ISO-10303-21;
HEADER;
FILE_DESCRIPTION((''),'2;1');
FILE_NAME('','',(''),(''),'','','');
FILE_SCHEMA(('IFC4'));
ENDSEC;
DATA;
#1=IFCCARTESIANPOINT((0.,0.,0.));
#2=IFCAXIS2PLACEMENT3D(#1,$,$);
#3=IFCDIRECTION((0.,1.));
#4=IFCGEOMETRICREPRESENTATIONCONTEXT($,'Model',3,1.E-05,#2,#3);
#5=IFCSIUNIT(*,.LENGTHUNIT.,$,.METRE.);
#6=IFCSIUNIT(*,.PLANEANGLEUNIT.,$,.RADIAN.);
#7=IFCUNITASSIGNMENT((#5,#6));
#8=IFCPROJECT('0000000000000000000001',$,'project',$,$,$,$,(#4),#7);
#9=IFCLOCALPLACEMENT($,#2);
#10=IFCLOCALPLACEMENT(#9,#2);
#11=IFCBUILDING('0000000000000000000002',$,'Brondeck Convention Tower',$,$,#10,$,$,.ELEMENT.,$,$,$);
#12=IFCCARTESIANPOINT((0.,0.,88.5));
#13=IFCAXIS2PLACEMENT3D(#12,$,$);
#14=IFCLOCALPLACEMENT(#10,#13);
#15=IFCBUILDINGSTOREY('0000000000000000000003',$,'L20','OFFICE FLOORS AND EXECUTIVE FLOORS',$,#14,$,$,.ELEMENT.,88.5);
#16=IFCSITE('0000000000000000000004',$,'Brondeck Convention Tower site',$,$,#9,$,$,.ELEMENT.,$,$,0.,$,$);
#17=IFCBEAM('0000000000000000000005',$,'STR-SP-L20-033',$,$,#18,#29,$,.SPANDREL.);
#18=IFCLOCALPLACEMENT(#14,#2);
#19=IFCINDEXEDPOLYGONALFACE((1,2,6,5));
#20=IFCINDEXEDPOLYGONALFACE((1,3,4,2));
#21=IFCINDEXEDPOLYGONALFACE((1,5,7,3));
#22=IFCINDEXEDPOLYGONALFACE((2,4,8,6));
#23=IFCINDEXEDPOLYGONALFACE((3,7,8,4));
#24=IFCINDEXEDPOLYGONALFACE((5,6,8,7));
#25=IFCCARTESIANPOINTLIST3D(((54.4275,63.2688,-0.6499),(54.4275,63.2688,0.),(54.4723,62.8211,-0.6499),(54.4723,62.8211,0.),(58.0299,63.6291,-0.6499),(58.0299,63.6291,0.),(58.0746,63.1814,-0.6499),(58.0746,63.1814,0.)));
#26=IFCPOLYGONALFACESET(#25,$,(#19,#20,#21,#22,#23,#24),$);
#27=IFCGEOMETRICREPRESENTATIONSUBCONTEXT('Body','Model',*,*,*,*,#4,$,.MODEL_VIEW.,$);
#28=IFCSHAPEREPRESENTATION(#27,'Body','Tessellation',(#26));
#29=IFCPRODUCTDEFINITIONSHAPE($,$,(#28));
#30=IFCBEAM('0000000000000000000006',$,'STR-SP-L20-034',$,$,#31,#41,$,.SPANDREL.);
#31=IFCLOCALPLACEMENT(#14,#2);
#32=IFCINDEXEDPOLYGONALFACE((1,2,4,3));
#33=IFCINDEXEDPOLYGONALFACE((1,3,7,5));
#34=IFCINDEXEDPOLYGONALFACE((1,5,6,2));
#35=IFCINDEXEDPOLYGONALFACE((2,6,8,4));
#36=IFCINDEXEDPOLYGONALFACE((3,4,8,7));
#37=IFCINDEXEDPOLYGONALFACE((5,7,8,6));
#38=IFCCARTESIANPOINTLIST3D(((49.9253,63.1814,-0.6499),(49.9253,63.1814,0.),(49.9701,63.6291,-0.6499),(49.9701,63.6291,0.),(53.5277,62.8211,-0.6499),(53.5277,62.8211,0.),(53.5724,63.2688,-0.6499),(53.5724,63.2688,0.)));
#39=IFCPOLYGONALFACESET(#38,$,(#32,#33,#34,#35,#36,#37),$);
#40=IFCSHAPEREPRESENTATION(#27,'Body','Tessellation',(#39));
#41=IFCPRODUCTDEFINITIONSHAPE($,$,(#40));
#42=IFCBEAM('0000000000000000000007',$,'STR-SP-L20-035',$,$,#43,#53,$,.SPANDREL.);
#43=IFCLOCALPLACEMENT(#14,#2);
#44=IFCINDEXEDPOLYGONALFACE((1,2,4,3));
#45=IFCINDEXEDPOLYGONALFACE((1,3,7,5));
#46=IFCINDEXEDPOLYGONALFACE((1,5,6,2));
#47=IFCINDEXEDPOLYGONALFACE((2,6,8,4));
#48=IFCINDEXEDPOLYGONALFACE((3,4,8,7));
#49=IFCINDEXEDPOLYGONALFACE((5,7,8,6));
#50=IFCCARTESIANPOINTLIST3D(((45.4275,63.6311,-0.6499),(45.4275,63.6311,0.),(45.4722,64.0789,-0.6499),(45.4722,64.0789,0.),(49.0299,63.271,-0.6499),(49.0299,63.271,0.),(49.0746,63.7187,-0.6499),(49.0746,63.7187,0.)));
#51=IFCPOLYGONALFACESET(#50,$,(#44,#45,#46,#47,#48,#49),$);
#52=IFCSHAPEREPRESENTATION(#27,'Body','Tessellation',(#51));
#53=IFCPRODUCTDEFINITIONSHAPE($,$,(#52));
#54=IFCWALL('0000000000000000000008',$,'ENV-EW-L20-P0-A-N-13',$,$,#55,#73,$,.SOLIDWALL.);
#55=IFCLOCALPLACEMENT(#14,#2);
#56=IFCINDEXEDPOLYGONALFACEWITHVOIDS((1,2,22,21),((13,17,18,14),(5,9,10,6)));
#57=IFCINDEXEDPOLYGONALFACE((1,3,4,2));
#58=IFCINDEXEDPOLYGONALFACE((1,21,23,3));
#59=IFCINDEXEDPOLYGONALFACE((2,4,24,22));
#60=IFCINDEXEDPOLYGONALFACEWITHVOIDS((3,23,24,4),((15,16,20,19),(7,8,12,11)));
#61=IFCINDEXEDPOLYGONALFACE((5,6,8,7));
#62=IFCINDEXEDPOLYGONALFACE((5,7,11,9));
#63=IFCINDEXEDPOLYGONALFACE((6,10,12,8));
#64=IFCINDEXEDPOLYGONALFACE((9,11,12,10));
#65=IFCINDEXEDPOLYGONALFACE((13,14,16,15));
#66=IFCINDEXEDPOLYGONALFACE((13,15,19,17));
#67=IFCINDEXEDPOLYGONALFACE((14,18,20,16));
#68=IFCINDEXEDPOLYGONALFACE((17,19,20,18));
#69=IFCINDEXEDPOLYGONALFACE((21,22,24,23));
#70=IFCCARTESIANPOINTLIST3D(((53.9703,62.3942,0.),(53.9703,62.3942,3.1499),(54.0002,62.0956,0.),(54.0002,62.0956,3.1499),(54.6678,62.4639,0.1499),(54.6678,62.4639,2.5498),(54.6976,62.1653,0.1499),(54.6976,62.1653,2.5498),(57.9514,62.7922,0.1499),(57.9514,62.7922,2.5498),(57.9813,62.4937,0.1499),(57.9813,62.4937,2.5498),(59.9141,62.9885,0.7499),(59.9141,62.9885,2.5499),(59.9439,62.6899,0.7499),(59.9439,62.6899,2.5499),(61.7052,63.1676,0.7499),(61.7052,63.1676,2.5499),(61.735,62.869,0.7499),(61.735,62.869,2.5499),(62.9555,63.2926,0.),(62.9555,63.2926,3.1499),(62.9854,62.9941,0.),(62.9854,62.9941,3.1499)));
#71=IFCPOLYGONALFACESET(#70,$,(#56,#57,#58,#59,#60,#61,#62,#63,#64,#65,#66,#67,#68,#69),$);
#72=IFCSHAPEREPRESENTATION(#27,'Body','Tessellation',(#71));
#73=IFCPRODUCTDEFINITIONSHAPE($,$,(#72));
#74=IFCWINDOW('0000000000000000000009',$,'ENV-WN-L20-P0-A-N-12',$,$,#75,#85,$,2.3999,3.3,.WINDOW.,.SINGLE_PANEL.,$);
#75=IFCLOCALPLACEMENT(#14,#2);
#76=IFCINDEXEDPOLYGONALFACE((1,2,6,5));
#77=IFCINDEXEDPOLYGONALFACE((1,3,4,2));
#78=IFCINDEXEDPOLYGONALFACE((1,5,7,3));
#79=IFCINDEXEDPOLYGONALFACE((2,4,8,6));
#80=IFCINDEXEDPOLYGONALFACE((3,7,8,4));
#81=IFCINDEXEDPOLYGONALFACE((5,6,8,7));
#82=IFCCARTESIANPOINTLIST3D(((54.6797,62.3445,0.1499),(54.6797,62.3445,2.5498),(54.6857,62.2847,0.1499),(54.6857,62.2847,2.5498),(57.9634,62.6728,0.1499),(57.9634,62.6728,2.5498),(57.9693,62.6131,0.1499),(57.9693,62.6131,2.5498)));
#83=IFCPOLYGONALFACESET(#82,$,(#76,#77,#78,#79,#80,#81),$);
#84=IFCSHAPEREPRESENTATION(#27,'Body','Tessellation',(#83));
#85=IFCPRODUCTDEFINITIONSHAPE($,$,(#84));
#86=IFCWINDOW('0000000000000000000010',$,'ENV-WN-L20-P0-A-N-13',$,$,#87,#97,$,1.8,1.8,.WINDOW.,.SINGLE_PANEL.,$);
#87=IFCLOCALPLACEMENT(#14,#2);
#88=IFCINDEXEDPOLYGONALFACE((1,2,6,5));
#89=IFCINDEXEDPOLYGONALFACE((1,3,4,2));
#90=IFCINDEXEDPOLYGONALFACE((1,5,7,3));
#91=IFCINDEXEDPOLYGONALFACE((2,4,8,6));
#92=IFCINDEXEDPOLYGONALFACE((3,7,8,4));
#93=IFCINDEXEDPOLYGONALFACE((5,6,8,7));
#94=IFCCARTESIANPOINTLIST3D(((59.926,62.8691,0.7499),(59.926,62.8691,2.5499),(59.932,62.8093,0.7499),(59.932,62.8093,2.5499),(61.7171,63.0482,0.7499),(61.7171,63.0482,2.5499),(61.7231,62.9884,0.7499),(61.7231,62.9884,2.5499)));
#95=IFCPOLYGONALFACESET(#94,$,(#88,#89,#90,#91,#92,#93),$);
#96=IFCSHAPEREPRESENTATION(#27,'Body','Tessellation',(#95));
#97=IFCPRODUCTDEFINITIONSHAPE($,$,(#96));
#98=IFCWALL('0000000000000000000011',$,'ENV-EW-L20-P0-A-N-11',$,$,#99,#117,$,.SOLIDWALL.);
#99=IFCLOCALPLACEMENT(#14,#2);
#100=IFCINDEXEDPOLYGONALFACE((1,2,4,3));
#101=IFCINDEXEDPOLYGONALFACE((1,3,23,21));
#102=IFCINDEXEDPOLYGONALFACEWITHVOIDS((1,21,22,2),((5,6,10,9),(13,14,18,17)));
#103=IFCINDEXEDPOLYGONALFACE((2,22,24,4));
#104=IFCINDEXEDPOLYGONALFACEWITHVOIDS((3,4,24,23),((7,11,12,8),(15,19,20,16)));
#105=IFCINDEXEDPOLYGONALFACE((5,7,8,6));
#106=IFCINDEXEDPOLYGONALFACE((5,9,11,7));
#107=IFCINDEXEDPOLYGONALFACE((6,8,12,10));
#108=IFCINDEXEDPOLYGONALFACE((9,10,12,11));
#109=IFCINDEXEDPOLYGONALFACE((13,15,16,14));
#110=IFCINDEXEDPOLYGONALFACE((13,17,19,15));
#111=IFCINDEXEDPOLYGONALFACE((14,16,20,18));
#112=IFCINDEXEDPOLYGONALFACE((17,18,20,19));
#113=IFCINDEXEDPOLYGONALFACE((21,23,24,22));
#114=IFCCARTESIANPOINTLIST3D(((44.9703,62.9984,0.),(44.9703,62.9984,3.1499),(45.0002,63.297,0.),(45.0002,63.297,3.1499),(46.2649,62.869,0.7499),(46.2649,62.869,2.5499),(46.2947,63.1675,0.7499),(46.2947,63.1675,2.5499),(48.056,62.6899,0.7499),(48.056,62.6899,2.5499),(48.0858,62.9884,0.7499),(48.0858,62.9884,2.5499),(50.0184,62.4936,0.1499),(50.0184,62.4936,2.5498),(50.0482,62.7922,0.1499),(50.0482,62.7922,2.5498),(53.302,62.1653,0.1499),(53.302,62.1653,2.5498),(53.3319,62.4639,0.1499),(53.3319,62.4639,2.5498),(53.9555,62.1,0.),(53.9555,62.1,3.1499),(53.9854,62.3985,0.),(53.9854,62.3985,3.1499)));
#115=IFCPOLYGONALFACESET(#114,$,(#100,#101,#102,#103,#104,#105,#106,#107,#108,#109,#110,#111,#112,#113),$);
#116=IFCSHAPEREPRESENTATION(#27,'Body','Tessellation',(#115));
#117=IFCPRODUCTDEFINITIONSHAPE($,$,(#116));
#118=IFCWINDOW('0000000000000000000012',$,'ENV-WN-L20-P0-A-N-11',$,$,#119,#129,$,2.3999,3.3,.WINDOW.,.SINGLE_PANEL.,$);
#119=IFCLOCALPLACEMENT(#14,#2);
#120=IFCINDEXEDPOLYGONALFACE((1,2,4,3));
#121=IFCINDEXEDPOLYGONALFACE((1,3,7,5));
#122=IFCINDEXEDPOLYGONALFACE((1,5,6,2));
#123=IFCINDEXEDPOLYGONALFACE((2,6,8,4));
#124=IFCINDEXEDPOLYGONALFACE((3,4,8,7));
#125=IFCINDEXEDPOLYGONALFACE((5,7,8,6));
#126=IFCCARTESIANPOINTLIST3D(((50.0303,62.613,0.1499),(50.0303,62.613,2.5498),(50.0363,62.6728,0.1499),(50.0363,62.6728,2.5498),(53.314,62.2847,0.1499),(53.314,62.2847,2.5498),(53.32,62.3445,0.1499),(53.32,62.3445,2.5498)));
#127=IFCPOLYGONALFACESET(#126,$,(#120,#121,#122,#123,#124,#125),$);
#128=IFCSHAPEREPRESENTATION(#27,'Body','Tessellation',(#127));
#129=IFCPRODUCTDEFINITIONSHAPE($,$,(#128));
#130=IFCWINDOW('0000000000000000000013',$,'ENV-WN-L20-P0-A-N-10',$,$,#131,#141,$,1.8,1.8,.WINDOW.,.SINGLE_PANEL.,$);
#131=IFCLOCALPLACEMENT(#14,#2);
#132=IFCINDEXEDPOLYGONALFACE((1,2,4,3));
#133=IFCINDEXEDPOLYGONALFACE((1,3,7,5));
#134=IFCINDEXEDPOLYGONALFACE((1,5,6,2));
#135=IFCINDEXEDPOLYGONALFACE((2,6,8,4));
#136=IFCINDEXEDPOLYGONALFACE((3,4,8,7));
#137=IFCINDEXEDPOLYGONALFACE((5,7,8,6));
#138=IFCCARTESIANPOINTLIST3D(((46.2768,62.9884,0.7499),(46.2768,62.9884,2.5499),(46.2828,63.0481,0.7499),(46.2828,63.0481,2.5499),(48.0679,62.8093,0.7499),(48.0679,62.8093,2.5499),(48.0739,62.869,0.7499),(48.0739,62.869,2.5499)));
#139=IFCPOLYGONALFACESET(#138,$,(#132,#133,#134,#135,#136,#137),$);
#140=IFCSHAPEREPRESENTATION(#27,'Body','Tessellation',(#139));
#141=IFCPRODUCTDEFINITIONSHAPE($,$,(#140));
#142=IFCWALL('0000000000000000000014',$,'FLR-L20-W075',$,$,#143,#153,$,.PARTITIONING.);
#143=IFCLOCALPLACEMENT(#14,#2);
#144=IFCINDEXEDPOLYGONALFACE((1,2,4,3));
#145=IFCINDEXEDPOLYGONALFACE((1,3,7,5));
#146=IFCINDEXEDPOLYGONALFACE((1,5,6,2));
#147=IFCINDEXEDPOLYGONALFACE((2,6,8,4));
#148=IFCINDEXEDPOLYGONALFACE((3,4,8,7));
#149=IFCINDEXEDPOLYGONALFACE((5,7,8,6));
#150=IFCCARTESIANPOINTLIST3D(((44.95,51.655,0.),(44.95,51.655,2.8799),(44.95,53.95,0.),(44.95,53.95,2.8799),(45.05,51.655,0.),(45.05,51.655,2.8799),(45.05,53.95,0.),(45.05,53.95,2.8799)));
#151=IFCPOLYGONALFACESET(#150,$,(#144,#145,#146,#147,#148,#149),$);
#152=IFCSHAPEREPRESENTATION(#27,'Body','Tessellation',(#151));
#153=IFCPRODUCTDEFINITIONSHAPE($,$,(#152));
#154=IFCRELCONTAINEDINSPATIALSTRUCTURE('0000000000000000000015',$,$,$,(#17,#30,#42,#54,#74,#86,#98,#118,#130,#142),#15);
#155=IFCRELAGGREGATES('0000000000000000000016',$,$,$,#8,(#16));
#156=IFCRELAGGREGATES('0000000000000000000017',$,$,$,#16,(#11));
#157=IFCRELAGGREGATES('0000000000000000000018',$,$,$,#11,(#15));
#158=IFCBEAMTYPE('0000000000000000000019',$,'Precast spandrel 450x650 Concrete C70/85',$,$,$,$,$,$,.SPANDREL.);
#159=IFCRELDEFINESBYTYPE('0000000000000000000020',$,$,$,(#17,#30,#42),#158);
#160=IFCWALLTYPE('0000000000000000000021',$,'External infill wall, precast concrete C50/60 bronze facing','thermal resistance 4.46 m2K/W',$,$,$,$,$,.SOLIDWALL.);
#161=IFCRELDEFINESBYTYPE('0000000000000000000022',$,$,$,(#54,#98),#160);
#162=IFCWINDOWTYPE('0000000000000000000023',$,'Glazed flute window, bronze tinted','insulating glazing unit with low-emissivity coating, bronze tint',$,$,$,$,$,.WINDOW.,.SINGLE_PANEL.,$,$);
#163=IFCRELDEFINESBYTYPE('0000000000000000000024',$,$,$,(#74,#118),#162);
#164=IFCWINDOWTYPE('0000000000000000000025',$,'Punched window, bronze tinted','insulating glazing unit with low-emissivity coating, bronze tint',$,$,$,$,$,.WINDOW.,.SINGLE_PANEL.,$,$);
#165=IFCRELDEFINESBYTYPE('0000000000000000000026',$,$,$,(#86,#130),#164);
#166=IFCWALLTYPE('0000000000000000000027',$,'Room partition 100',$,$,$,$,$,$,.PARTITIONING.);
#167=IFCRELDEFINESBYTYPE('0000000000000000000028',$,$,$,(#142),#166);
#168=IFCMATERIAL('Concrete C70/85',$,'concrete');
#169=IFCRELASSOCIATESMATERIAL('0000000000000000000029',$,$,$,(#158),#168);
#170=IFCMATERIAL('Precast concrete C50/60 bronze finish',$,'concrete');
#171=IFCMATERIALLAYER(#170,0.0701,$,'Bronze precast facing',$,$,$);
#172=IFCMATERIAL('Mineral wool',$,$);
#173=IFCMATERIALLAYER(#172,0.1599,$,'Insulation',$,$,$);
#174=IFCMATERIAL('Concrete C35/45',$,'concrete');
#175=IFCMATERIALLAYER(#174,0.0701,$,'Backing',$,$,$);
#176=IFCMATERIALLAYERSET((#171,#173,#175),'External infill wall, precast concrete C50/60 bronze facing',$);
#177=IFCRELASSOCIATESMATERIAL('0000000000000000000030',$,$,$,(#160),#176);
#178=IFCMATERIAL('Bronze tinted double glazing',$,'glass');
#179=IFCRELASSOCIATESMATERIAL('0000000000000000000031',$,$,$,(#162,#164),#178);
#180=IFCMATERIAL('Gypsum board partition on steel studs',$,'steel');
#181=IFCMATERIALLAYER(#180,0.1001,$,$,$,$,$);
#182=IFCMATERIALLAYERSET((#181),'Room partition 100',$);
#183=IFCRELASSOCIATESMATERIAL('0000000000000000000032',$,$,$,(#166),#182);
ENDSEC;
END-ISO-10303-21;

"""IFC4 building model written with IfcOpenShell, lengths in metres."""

from ifc_helpers import new_model, si_unit, direction, frame, frame_2d, origin, origin_2d, place, context, subcontext, project, spatial, rectangle, extrude, material, layer, layer_set, material_profile, profile_set, type_object, element, fill, save


model = new_model("IFC4")

# Units and contexts
model_context = context("Model", 3, precision=1e-05, world=origin(), true_north=direction((0.0, 1.0)))
body_context = subcontext(model_context, "Body", "Model", "MODEL_VIEW")
ifc_project = project(units=[si_unit("LENGTHUNIT", "METRE"), si_unit("PLANEANGLEUNIT", "RADIAN")], contexts=[model_context])

# Site, building, storey
site_placement = place(None, origin())
site = spatial("IfcSite", under=ifc_project, at=site_placement, Name="Brondeck Convention Tower site", CompositionType="ELEMENT", RefElevation=0.0)
building_placement = place(site_placement, origin())
building = spatial("IfcBuilding", under=site, at=building_placement, Name="Brondeck Convention Tower", CompositionType="ELEMENT")
storey_placement = place(building_placement, frame((0.0, 0.0, 88.5)))
storey = spatial("IfcBuildingStorey", under=building, at=storey_placement, Name="L20", Description="OFFICE FLOORS AND EXECUTIVE FLOORS", CompositionType="ELEMENT", Elevation=88.5)

# Shared definitions
ifc_material_1 = material(Name="Concrete C70/85", Category="concrete")

# Beams
ifc_material_profile_1 = material_profile(ifc_material_1, rectangle(XDim=0.45, YDim=0.6499, at=origin_2d()), Name="Precast spandrel 450x650 Concrete C70/85")
ifc_profile_set_1 = profile_set([ifc_material_profile_1], Name="Concrete C70/85")
beam_type_1 = type_object("IfcBeamType", Name="Precast spandrel 450x650 Concrete C70/85", PredefinedType="SPANDREL", material=ifc_profile_set_1)
for number, where, z_axis, x_axis, name in (
    (1, (58.0522, 63.4053, -0.325), (-0.995034, -0.099537, 0.0), (0.099537, -0.995034, 0.0), "STR-SP-L20-033"),
    (2, (53.55, 63.0449, -0.325), (-0.995034, 0.099537, 0.0), (-0.099537, -0.995034, 0.0), "STR-SP-L20-034"),
    (3, (49.0522, 63.4949, -0.325), (-0.995041, 0.09947, 0.0), (-0.09947, -0.995041, 0.0), "STR-SP-L20-035"),
):
    element("IfcBeam", number, at=place(storey_placement, frame(where, z_axis=z_axis, x_axis=x_axis)), inside=storey, type_object=beam_type_1, Name=name, PredefinedType="SPANDREL", context=body_context, shape_type="SweptSolid", body=[
        extrude(rectangle(XDim=0.45, YDim=0.6499, at=origin_2d()), origin(), (0.0, 0.0, 1.0), 3.6204),
    ])

# Walls, openings, windows
ifc_material_2 = material(Name="Precast concrete C50/60 bronze finish", Category="concrete")
ifc_layer_1 = layer(ifc_material_2, 0.0701, Name="Bronze precast facing")
ifc_material_3 = material(Name="Mineral wool")
ifc_layer_2 = layer(ifc_material_3, 0.1599, Name="Insulation")
ifc_material_4 = material(Name="Concrete C35/45", Category="concrete")
ifc_layer_3 = layer(ifc_material_4, 0.0701, Name="Backing")
ifc_layer_set_1 = layer_set([ifc_layer_1, ifc_layer_2, ifc_layer_3], Name="External infill wall, precast concrete C50/60 bronze facing")
wall_type_1 = type_object("IfcWallType", Name="External infill wall, precast concrete C50/60 bronze facing", Description="thermal resistance 4.46 m2K/W", PredefinedType="SOLIDWALL", material=ifc_layer_set_1)
wall_1_placement = place(storey_placement, frame((53.9851, 62.2449, 0.0), z_axis=(0.0, 0.0, 1.0), x_axis=(0.995038, 0.099496, 0.0)))
wall_1 = element("IfcWall", 4, at=wall_1_placement, inside=storey, type_object=wall_type_1, Name="ENV-EW-L20-P0-A-N-13", PredefinedType="SOLIDWALL", context=body_context, shape_type="SweptSolid", body=[
    extrude(rectangle(XDim=9.03, YDim=0.3, at=frame_2d((4.5151, 0.0))), origin(), (0.0, 0.0, 1.0), 3.1499),
])
opening_1_placement = place(wall_1_placement, frame((0.7012, 0.0, 0.1499)))
opening_1 = element("IfcOpeningElement", 5, at=opening_1_placement, cuts=wall_1, PredefinedType="OPENING", context=body_context, shape_type="SweptSolid", body=[
    extrude(rectangle(XDim=3.3, YDim=2.3999, at=frame_2d((1.6499, 1.2))), frame((0.0, 0.1599, 0.0), z_axis=(0.0, -1.0, 0.0), x_axis=(1.0, 0.0, 0.0)), (0.0, 0.0, 1.0), 0.3201),
])
opening_2_placement = place(wall_1_placement, frame((5.9736, 0.0, 0.75)))
opening_2 = element("IfcOpeningElement", 6, at=opening_2_placement, cuts=wall_1, PredefinedType="OPENING", context=body_context, shape_type="SweptSolid", body=[
    extrude(rectangle(XDim=1.8, YDim=1.8, at=frame_2d((0.8999, 0.8999))), frame((0.0, 0.1599, 0.0), z_axis=(0.0, -1.0, 0.0), x_axis=(1.0, 0.0, 0.0)), (0.0, 0.0, 1.0), 0.3201),
])
ifc_material_5 = material(Name="Bronze tinted double glazing", Category="glass")
window_type_1 = type_object("IfcWindowType", Name="Glazed flute window, bronze tinted", Description="insulating glazing unit with low-emissivity coating, bronze tint", PartitioningType="SINGLE_PANEL", PredefinedType="WINDOW", material=ifc_material_5)
window_1_placement = place(opening_1_placement, origin())
window_1 = element("IfcWindow", 7, at=window_1_placement, inside=storey, type_object=window_type_1, Name="ENV-WN-L20-P0-A-N-12", OverallHeight=2.3999, OverallWidth=3.3, PartitioningType="SINGLE_PANEL", PredefinedType="WINDOW", context=body_context, shape_type="SweptSolid", body=[
    extrude(rectangle(XDim=3.3, YDim=2.3999, at=frame_2d((1.6499, 1.2))), frame((0.0, 0.03, 0.0), z_axis=(0.0, -1.0, 0.0), x_axis=(1.0, 0.0, 0.0)), (0.0, 0.0, 1.0), 0.0601),
])
fill(opening_1, window_1)
window_type_2 = type_object("IfcWindowType", Name="Punched window, bronze tinted", Description="insulating glazing unit with low-emissivity coating, bronze tint", PartitioningType="SINGLE_PANEL", PredefinedType="WINDOW", material=ifc_material_5)
window_2_placement = place(opening_2_placement, origin())
window_2 = element("IfcWindow", 8, at=window_2_placement, inside=storey, type_object=window_type_2, Name="ENV-WN-L20-P0-A-N-13", OverallHeight=1.8, OverallWidth=1.8, PartitioningType="SINGLE_PANEL", PredefinedType="WINDOW", context=body_context, shape_type="SweptSolid", body=[
    extrude(rectangle(XDim=1.8, YDim=1.8, at=frame_2d((0.8999, 0.8999))), frame((0.0, 0.03, 0.0), z_axis=(0.0, -1.0, 0.0), x_axis=(1.0, 0.0, 0.0)), (0.0, 0.0, 1.0), 0.0601),
])
fill(opening_2, window_2)
wall_2_placement = place(storey_placement, frame((44.9851, 63.1477, 0.0), z_axis=(0.0, 0.0, 1.0), x_axis=(0.995038, -0.099496, 0.0)))
wall_2 = element("IfcWall", 9, at=wall_2_placement, inside=storey, type_object=wall_type_1, Name="ENV-EW-L20-P0-A-N-11", PredefinedType="SOLIDWALL", context=body_context, shape_type="SweptSolid", body=[
    extrude(rectangle(XDim=9.03, YDim=0.3, at=frame_2d((4.5151, 0.0))), origin(), (0.0, 0.0, 1.0), 3.1499),
])
opening_3_placement = place(wall_2_placement, frame((1.3013, 0.0, 0.75)))
opening_3 = element("IfcOpeningElement", 10, at=opening_3_placement, cuts=wall_2, PredefinedType="OPENING", context=body_context, shape_type="SweptSolid", body=[
    extrude(rectangle(XDim=1.8, YDim=1.8, at=frame_2d((0.8999, 0.8999))), frame((0.0, 0.1599, 0.0), z_axis=(0.0, -1.0, 0.0), x_axis=(1.0, 0.0, 0.0)), (0.0, 0.0, 1.0), 0.3201),
])
opening_4_placement = place(wall_2_placement, frame((5.0735, 0.0, 0.1499)))
opening_4 = element("IfcOpeningElement", 11, at=opening_4_placement, cuts=wall_2, PredefinedType="OPENING", context=body_context, shape_type="SweptSolid", body=[
    extrude(rectangle(XDim=3.3, YDim=2.3999, at=frame_2d((1.6499, 1.2))), frame((0.0, 0.1599, 0.0), z_axis=(0.0, -1.0, 0.0), x_axis=(1.0, 0.0, 0.0)), (0.0, 0.0, 1.0), 0.3201),
])
window_3_placement = place(opening_4_placement, origin())
window_3 = element("IfcWindow", 12, at=window_3_placement, inside=storey, type_object=window_type_1, Name="ENV-WN-L20-P0-A-N-11", OverallHeight=2.3999, OverallWidth=3.3, PartitioningType="SINGLE_PANEL", PredefinedType="WINDOW", context=body_context, shape_type="SweptSolid", body=[
    extrude(rectangle(XDim=3.3, YDim=2.3999, at=frame_2d((1.6499, 1.2))), frame((0.0, 0.03, 0.0), z_axis=(0.0, -1.0, 0.0), x_axis=(1.0, 0.0, 0.0)), (0.0, 0.0, 1.0), 0.0601),
])
fill(opening_4, window_3)
window_4_placement = place(opening_3_placement, origin())
window_4 = element("IfcWindow", 13, at=window_4_placement, inside=storey, type_object=window_type_2, Name="ENV-WN-L20-P0-A-N-10", OverallHeight=1.8, OverallWidth=1.8, PartitioningType="SINGLE_PANEL", PredefinedType="WINDOW", context=body_context, shape_type="SweptSolid", body=[
    extrude(rectangle(XDim=1.8, YDim=1.8, at=frame_2d((0.8999, 0.8999))), frame((0.0, 0.03, 0.0), z_axis=(0.0, -1.0, 0.0), x_axis=(1.0, 0.0, 0.0)), (0.0, 0.0, 1.0), 0.0601),
])
fill(opening_3, window_4)

# Wall
ifc_material_6 = material(Name="Gypsum board partition on steel studs", Category="steel")
ifc_layer_4 = layer(ifc_material_6, 0.1001)
ifc_layer_set_2 = layer_set([ifc_layer_4], Name="Room partition 100")
wall_type_2 = type_object("IfcWallType", Name="Room partition 100", PredefinedType="PARTITIONING", material=ifc_layer_set_2)
wall_3_placement = place(storey_placement, frame((45.0, 53.95, 0.0), z_axis=(0.0, 0.0, 1.0), x_axis=(0.0, -1.0, 0.0)))
element("IfcWall", 14, at=wall_3_placement, inside=storey, type_object=wall_type_2, Name="FLR-L20-W075", PredefinedType="PARTITIONING", context=body_context, shape_type="SweptSolid", body=[
    extrude(rectangle(XDim=2.2949, YDim=0.1001, at=frame_2d((1.1475, 0.0))), origin(), (0.0, 0.0, 1.0), 2.8799),
])

save(model, "model.ifc")
